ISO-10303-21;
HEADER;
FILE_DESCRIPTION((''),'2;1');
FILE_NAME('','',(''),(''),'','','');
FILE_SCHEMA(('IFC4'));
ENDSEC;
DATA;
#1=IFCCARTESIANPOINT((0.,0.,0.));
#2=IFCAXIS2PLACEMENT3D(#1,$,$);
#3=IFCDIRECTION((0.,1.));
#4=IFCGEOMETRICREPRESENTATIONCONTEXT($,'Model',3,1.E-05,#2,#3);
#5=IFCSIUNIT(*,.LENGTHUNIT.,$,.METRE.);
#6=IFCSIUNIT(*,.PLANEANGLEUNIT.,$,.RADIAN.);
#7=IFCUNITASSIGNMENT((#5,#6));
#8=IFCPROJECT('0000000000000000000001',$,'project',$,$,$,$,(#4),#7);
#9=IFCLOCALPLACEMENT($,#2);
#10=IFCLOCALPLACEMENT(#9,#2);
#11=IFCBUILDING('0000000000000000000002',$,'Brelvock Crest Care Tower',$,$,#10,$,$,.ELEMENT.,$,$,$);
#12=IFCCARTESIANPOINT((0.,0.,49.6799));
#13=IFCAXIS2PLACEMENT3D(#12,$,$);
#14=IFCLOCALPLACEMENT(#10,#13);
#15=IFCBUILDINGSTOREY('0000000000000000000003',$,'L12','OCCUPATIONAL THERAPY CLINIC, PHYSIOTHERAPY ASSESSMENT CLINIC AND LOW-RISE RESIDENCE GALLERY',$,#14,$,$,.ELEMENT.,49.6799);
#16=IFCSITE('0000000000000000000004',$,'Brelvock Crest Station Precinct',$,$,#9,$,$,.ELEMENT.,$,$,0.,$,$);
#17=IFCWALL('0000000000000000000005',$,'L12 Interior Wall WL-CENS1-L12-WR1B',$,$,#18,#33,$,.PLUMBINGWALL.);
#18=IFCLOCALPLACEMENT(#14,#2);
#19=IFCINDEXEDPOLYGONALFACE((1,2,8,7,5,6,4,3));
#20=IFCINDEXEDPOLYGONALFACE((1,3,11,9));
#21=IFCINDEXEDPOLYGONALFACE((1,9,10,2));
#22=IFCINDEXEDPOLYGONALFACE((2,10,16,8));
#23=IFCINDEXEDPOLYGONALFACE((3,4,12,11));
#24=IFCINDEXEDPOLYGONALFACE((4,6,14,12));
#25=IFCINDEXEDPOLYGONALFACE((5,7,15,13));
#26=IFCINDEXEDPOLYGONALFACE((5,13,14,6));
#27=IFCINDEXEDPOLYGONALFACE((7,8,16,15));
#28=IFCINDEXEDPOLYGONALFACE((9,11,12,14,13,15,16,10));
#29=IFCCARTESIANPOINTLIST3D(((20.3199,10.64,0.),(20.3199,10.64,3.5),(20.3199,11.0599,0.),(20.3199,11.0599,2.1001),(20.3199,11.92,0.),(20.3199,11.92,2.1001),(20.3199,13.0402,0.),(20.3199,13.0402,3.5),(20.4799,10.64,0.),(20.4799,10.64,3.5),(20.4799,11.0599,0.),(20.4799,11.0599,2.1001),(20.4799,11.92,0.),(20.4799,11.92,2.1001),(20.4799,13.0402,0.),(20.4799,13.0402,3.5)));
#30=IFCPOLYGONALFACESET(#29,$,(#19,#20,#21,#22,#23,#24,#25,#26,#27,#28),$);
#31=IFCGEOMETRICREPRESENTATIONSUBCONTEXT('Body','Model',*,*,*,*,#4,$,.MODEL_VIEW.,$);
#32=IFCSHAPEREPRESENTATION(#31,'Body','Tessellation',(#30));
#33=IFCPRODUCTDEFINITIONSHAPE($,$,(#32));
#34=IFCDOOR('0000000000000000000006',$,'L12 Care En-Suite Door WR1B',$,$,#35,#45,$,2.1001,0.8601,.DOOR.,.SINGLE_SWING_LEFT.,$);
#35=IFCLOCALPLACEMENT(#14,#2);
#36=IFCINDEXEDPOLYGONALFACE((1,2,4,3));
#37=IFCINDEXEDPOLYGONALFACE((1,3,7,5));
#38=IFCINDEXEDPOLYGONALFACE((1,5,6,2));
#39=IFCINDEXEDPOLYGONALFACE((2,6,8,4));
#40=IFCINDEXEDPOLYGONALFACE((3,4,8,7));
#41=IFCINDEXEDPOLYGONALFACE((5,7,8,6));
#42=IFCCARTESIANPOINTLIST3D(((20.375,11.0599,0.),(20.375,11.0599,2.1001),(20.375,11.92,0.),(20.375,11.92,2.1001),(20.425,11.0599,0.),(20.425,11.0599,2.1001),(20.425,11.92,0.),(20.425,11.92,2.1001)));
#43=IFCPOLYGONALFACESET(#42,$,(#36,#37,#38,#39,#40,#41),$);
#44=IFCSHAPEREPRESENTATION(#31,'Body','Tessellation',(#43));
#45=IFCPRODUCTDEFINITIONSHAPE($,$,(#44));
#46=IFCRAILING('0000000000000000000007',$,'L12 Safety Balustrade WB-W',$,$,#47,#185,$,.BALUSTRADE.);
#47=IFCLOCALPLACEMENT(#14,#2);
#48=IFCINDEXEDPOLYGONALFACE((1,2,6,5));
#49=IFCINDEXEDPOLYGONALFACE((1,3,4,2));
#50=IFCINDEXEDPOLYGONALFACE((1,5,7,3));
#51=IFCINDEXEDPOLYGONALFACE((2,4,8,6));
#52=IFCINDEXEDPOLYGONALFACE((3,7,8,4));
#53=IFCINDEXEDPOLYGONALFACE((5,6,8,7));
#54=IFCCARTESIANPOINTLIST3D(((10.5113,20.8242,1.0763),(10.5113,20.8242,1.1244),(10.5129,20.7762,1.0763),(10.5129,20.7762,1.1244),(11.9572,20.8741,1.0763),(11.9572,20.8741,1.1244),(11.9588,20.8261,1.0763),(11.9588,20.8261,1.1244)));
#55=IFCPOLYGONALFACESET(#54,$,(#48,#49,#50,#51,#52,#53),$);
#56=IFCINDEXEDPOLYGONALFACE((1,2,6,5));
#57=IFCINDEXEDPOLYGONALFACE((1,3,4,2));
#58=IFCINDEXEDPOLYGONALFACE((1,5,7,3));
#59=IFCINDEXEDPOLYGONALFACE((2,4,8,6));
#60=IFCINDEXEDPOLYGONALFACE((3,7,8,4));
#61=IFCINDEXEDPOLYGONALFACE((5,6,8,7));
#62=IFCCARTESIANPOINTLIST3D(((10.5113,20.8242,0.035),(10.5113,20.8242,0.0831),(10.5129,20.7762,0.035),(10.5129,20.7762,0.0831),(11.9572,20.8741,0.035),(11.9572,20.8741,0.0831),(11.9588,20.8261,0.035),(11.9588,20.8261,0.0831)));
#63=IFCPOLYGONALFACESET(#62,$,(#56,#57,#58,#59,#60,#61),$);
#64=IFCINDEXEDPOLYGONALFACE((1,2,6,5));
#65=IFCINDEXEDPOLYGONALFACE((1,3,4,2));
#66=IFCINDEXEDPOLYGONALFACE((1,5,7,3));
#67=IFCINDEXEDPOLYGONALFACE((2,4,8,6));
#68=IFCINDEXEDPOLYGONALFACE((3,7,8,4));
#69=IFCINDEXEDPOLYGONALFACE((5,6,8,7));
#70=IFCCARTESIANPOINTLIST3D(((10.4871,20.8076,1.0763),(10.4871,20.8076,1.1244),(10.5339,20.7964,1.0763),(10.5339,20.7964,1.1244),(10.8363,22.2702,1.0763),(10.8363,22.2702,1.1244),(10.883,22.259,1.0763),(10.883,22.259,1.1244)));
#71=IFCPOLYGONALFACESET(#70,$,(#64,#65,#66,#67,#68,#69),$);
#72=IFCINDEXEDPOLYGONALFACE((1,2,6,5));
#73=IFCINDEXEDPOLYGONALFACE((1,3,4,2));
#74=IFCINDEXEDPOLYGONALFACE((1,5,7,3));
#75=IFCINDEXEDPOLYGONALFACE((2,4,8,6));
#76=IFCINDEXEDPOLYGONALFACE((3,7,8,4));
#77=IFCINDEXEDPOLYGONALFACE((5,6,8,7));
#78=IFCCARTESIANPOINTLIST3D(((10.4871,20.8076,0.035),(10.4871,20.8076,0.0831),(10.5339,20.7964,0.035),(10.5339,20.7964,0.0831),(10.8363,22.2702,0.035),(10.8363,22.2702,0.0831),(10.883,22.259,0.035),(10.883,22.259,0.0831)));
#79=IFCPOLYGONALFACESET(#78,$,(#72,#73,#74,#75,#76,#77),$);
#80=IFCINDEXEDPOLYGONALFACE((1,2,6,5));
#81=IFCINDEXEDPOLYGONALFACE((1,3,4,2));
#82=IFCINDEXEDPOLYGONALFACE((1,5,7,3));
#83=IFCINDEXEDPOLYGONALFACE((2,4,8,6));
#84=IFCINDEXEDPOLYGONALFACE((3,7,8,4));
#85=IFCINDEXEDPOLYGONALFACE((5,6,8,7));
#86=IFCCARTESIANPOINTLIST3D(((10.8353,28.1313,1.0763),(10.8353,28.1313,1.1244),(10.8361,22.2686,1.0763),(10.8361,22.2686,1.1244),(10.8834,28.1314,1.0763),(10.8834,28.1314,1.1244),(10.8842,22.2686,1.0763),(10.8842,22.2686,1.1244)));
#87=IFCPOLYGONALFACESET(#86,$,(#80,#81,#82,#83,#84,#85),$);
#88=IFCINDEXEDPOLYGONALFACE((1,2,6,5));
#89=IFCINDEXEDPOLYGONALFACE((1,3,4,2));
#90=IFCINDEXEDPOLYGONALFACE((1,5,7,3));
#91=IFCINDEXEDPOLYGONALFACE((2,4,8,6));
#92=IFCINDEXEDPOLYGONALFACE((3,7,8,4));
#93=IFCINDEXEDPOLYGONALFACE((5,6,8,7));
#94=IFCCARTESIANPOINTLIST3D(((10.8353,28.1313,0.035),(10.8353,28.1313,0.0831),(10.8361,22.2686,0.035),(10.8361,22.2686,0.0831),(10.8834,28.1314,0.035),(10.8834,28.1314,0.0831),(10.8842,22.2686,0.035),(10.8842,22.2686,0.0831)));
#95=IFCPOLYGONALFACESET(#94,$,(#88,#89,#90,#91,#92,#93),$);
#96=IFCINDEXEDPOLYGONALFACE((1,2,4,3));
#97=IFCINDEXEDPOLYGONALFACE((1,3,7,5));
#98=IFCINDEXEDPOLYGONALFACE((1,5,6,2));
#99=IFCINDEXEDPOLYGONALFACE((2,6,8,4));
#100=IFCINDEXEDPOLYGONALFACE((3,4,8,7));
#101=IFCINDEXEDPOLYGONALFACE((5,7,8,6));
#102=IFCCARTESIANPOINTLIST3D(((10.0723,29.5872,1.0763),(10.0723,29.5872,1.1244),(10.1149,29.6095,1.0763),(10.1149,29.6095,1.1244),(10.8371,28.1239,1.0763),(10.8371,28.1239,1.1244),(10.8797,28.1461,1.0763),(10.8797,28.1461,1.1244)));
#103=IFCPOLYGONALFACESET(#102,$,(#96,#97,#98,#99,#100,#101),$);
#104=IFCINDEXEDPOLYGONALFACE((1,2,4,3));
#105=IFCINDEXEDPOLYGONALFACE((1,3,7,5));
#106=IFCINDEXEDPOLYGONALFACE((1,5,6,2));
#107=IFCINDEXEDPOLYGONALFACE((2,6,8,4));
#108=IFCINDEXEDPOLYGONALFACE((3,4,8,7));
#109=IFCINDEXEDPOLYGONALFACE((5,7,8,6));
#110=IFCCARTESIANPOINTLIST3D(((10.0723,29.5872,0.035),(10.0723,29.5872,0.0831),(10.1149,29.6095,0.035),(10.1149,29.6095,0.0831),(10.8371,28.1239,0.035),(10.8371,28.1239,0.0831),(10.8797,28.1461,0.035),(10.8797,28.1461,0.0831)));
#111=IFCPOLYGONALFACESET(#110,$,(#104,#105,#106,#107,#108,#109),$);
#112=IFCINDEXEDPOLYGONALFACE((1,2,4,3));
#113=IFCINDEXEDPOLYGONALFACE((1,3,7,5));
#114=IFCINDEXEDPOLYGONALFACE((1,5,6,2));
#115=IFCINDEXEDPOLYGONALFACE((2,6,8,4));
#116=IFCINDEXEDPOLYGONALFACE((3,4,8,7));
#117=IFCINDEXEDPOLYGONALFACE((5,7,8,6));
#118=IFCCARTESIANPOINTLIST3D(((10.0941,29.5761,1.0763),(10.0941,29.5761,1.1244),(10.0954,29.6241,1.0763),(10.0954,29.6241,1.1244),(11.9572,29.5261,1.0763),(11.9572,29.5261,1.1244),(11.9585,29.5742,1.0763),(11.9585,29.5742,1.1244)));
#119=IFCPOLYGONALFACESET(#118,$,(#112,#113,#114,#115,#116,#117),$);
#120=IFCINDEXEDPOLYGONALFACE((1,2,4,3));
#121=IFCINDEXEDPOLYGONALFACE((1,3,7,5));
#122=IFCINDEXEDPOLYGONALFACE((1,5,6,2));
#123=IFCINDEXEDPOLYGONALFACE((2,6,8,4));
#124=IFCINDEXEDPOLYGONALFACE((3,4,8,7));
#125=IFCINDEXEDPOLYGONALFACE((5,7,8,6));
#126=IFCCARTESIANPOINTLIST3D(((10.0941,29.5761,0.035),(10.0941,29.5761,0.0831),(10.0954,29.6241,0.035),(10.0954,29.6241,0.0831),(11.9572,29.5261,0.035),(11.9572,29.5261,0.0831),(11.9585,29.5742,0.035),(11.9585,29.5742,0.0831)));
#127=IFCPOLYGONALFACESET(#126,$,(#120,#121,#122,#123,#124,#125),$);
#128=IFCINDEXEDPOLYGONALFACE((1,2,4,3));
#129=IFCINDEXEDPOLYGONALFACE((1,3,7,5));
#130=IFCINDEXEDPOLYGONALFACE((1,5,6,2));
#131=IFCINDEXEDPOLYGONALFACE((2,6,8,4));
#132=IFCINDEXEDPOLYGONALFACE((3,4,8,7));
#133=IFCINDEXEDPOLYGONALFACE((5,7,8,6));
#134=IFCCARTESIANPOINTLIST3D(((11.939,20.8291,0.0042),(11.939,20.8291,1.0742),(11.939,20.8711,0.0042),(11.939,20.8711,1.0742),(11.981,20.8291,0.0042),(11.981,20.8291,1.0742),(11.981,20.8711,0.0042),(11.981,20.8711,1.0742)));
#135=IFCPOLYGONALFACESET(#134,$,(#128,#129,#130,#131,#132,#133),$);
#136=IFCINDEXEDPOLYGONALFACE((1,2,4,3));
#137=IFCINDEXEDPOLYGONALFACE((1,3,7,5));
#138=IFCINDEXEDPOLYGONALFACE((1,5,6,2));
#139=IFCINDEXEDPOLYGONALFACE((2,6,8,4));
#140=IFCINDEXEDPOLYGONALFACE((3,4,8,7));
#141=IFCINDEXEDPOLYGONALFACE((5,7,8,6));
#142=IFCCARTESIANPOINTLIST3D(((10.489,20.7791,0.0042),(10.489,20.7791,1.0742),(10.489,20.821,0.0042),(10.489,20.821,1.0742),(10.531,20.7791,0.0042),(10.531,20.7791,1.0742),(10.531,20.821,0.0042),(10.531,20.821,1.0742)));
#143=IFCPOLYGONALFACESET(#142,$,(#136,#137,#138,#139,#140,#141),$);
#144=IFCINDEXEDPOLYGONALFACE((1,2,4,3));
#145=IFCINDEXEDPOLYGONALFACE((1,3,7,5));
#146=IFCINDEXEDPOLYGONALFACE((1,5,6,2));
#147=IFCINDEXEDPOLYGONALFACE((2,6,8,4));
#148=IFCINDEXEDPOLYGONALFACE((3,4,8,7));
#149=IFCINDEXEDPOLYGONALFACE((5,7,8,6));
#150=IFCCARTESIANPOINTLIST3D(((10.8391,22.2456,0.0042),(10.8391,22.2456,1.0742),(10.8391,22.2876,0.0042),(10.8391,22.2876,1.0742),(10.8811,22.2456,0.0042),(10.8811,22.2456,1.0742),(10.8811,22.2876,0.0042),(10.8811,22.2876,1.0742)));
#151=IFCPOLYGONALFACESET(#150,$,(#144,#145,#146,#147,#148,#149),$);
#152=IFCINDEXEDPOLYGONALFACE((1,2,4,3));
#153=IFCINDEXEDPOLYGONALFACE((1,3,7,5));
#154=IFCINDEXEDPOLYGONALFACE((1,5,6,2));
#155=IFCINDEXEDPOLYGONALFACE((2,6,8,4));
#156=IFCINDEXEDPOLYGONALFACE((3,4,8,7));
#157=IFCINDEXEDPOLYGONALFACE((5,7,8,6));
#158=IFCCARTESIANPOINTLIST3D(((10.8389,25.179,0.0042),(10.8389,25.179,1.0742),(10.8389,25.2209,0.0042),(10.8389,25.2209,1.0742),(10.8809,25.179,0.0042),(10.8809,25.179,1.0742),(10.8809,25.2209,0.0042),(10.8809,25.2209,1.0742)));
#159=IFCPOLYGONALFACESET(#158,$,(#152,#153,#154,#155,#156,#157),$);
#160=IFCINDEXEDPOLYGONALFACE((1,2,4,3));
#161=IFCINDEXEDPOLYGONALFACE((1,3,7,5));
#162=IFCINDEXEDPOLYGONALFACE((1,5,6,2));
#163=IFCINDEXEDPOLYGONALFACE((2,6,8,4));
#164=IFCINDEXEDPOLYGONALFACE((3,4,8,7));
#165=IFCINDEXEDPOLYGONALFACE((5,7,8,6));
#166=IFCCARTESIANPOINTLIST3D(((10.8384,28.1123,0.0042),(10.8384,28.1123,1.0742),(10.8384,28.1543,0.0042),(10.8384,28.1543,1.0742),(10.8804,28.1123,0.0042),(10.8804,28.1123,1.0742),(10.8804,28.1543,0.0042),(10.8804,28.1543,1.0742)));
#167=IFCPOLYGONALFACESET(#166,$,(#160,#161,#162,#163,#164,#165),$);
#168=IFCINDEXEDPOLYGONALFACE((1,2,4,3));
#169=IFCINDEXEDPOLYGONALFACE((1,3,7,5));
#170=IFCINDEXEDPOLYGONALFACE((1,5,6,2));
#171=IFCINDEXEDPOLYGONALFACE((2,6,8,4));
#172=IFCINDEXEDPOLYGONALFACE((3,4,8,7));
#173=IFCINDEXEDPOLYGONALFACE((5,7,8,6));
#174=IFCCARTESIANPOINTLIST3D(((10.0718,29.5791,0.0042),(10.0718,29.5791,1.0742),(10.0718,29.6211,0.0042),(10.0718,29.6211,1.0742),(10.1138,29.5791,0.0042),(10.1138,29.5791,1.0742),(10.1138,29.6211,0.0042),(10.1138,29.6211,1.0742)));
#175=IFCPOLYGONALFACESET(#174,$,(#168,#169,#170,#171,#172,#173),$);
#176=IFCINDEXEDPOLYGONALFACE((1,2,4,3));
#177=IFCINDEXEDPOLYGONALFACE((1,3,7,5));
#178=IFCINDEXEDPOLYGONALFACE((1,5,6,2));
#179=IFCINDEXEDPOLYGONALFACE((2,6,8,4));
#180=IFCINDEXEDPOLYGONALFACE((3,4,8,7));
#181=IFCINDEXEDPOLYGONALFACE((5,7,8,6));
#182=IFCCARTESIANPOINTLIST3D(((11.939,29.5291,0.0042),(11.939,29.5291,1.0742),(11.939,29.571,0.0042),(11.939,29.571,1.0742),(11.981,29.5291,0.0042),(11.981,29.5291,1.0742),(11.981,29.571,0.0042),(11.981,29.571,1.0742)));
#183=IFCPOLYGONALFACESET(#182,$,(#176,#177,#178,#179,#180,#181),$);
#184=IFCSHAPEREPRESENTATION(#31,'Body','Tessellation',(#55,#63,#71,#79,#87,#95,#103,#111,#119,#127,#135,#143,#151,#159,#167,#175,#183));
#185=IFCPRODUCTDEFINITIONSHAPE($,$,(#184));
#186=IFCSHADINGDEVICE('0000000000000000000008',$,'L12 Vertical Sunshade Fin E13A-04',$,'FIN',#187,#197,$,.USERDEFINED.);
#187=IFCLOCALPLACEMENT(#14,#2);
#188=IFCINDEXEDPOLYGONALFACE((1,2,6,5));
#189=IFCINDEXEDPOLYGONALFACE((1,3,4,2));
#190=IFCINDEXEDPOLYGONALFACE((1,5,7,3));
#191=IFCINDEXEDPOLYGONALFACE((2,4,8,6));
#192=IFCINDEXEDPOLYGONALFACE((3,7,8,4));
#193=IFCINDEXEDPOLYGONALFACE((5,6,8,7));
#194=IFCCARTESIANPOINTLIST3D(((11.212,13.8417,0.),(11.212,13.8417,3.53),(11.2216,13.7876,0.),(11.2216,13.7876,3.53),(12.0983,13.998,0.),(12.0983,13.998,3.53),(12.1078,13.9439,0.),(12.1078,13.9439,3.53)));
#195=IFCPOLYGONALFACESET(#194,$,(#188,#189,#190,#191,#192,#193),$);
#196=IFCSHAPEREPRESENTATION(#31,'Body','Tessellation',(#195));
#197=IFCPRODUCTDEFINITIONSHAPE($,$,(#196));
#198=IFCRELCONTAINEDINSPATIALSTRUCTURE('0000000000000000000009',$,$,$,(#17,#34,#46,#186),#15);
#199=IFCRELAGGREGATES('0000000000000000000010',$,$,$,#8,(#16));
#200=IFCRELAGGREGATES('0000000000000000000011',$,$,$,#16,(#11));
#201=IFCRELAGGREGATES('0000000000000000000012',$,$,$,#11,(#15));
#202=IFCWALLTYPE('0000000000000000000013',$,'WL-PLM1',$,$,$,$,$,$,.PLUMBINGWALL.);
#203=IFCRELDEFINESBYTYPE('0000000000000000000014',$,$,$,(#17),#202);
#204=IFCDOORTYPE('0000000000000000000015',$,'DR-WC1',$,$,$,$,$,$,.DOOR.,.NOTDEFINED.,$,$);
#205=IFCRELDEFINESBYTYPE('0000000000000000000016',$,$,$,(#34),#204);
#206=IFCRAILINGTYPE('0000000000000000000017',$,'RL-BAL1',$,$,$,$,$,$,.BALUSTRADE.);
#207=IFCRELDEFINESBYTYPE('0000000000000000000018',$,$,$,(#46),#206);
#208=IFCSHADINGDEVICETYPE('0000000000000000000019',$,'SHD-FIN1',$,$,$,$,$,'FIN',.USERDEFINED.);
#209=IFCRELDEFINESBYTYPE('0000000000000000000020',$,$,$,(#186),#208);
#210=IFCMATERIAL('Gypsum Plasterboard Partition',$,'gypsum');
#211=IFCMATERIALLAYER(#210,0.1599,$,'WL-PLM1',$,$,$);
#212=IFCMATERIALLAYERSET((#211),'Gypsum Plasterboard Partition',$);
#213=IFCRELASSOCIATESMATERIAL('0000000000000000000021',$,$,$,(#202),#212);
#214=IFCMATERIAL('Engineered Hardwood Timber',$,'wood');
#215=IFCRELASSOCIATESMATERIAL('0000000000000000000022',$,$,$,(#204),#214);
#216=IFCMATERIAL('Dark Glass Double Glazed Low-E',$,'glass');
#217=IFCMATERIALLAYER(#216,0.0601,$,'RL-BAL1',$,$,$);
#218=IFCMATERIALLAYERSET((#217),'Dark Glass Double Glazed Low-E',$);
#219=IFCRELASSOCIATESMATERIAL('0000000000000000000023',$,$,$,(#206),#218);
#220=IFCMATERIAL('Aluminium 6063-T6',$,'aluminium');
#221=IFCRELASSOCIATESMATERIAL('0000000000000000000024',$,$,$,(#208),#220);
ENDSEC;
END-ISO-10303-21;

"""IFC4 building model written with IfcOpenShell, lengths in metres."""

from ifc_helpers import new_model, si_unit, direction, frame, frame_2d, origin, origin_2d, place, context, subcontext, project, spatial, rectangle, extrude, source, transform, mapped, material, layer, layer_set, material_profile, profile_set, type_object, element, fill, save


model = new_model("IFC4")

# Units and contexts
model_context = context("Model", 3, precision=1e-05, world=origin(), true_north=direction((0.0, 1.0)))
body_context = subcontext(model_context, "Body", "Model", "MODEL_VIEW")
ifc_project = project(units=[si_unit("LENGTHUNIT", "METRE"), si_unit("PLANEANGLEUNIT", "RADIAN")], contexts=[model_context])

# Site, building, storey
site_placement = place(None, origin())
site = spatial("IfcSite", under=ifc_project, at=site_placement, Name="Brelvock Crest Station Precinct", CompositionType="ELEMENT", RefElevation=0.0)
building_placement = place(site_placement, origin())
building = spatial("IfcBuilding", under=site, at=building_placement, Name="Brelvock Crest Care Tower", CompositionType="ELEMENT")
storey_placement = place(building_placement, frame((0.0, 0.0, 49.6799)))
storey = spatial("IfcBuildingStorey", under=building, at=storey_placement, Name="L12", Description="OCCUPATIONAL THERAPY CLINIC, PHYSIOTHERAPY ASSESSMENT CLINIC AND LOW-RISE RESIDENCE GALLERY", CompositionType="ELEMENT", Elevation=49.6799)

# Shared definitions
ifc_material_1 = material(Name="Dark Glass Double Glazed Low-E", Category="glass")
ifc_material_2 = material(Name="Aluminium 6063-T6", Category="aluminium")

# Shared definitions
ifc_material_3 = material(Name="Engineered Hardwood Timber", Category="wood")

# Shared definitions
ifc_material_4 = material(Name="Gypsum Plasterboard Partition", Category="gypsum")
ifc_layer_1 = layer(ifc_material_4, 0.1599, Name="WL-PLM1")
ifc_layer_set_1 = layer_set([ifc_layer_1], Name="Gypsum Plasterboard Partition")
wall_type_1 = type_object("IfcWallType", Name="WL-PLM1", PredefinedType="PLUMBINGWALL", material=ifc_layer_set_1)

# Wall, opening, door
wall_1_placement = place(storey_placement, frame((20.3999, 10.6399, 0.0), z_axis=(0.0, 0.0, 1.0), x_axis=(0.0, 1.0, 0.0)))
wall_1 = element("IfcWall", 1, at=wall_1_placement, inside=storey, type_object=wall_type_1, Name="L12 Interior Wall WL-CENS1-L12-WR1B", PredefinedType="PLUMBINGWALL", context=body_context, shape_type="SweptSolid", body=[
    extrude(rectangle(XDim=2.4001, YDim=0.1599, at=frame_2d((1.2002, 0.0))), origin(), (0.0, 0.0, 1.0), 3.5),
])
opening_1_placement = place(wall_1_placement, frame((0.4199, 0.0, 0.0)))
opening_1 = element("IfcOpeningElement", 2, at=opening_1_placement, cuts=wall_1, PredefinedType="OPENING", context=body_context, shape_type="SweptSolid", body=[
    extrude(rectangle(XDim=0.8601, YDim=2.1001, at=origin_2d()), frame((0.4302, 0.0898, 1.05), z_axis=(0.0, -1.0, 0.0), x_axis=(1.0, 0.0, 0.0)), (0.0, 0.0, 1.0), 0.1799),
])
door_type_1 = type_object("IfcDoorType", Name="DR-WC1", OperationType="NOTDEFINED", PredefinedType="DOOR", material=ifc_material_3)
shared_shape_1 = source(origin(), body_context, "Body", "SweptSolid", [
    extrude(rectangle(XDim=0.8601, YDim=2.1001, at=origin_2d()), frame((0.4302, 0.0249, 1.05), z_axis=(0.0, -1.0, 0.0), x_axis=(1.0, 0.0, 0.0)), (0.0, 0.0, 1.0), 0.05),
])
door_1_placement = place(opening_1_placement, origin())
door_1 = element("IfcDoor", 3, at=door_1_placement, inside=storey, type_object=door_type_1, Name="L12 Care En-Suite Door WR1B", OperationType="SINGLE_SWING_LEFT", OverallHeight=2.1001, OverallWidth=0.8601, PredefinedType="DOOR", context=body_context, shape_type="MappedRepresentation", body=[
    mapped(shared_shape_1, transform((0.0, 0.0, 0.0), x_axis=(1.0, 0.0, 0.0), y_axis=(0.0, 1.0, 0.0), z_axis=(0.0, 0.0, 1.0), scale=1.0)),
])
fill(opening_1, door_1)

# Railing
ifc_layer_2 = layer(ifc_material_1, 0.0601, Name="RL-BAL1")
ifc_layer_set_2 = layer_set([ifc_layer_2], Name="Dark Glass Double Glazed Low-E")
railing_type = type_object("IfcRailingType", Name="RL-BAL1", PredefinedType="BALUSTRADE", material=ifc_layer_set_2)
railing_placement = place(storey_placement, frame((11.96, 20.8501, 0.0042)))
element("IfcRailing", 4, at=railing_placement, inside=storey, type_object=railing_type, Name="L12 Safety Balustrade WB-W", PredefinedType="BALUSTRADE", context=body_context, shape_type="SweptSolid", body=[
    extrude(rectangle(XDim=0.0481, YDim=0.0481, at=origin_2d()), frame((-0.002, 0.0, 1.0962), z_axis=(-0.999405, -0.034497, 0.0), x_axis=(0.034497, -0.999405, 0.0)), (0.0, 0.0, 1.0), 1.4468),
    extrude(rectangle(XDim=0.0481, YDim=0.0481, at=origin_2d()), frame((-0.002, 0.0, 0.0549), z_axis=(-0.999405, -0.034497, 0.0), x_axis=(0.034497, -0.999405, 0.0)), (0.0, 0.0, 1.0), 1.4468),
    extrude(rectangle(XDim=0.0481, YDim=0.0481, at=origin_2d()), frame((-1.4495, -0.0481, 1.0962), z_axis=(0.232197, 0.972669, 0.0), x_axis=(-0.972669, 0.232197, 0.0)), (0.0, 0.0, 1.0), 1.5037),
    extrude(rectangle(XDim=0.0481, YDim=0.0481, at=origin_2d()), frame((-1.4495, -0.0481, 0.0549), z_axis=(0.232197, 0.972669, 0.0), x_axis=(-0.972669, 0.232197, 0.0)), (0.0, 0.0, 1.0), 1.5037),
    extrude(rectangle(XDim=0.0481, YDim=0.0481, at=origin_2d()), frame((-1.0999, 1.4185, 1.0962), z_axis=(-0.000125, 1.0, 0.0), x_axis=(-1.0, -0.000125, 0.0)), (0.0, 0.0, 1.0), 5.8628),
    extrude(rectangle(XDim=0.0481, YDim=0.0481, at=origin_2d()), frame((-1.0999, 1.4185, 0.0549), z_axis=(-0.000125, 1.0, 0.0), x_axis=(-1.0, -0.000125, 0.0)), (0.0, 0.0, 1.0), 5.8628),
    extrude(rectangle(XDim=0.0481, YDim=0.0481, at=origin_2d()), frame((-1.1016, 7.2849, 1.0962), z_axis=(-0.463191, 0.886258, 0.0), x_axis=(-0.886258, -0.463191, 0.0)), (0.0, 0.0, 1.0), 1.6511),
    extrude(rectangle(XDim=0.0481, YDim=0.0481, at=origin_2d()), frame((-1.1016, 7.2849, 0.0549), z_axis=(-0.463191, 0.886258, 0.0), x_axis=(-0.886258, -0.463191, 0.0)), (0.0, 0.0, 1.0), 1.6511),
    extrude(rectangle(XDim=0.0481, YDim=0.0481, at=origin_2d()), frame((-1.8652, 8.75, 1.0962), z_axis=(0.999641, -0.026795, 0.0), x_axis=(0.026795, 0.999641, 0.0)), (0.0, 0.0, 1.0), 1.8638),
    extrude(rectangle(XDim=0.0481, YDim=0.0481, at=origin_2d()), frame((-1.8652, 8.75, 0.0549), z_axis=(0.999641, -0.026795, 0.0), x_axis=(0.026795, 0.999641, 0.0)), (0.0, 0.0, 1.0), 1.8638),
    extrude(rectangle(XDim=0.042, YDim=0.042, at=origin_2d()), origin(), (0.0, 0.0, 1.0), 1.0701),
    extrude(rectangle(XDim=0.042, YDim=0.042, at=origin_2d()), frame((-1.45, -0.05, 0.0)), (0.0, 0.0, 1.0), 1.0701),
    extrude(rectangle(XDim=0.042, YDim=0.042, at=origin_2d()), frame((-1.0999, 1.4165, 0.0)), (0.0, 0.0, 1.0), 1.0701),
    extrude(rectangle(XDim=0.042, YDim=0.042, at=origin_2d()), frame((-1.1001, 4.3499, 0.0)), (0.0, 0.0, 1.0), 1.0701),
    extrude(rectangle(XDim=0.042, YDim=0.042, at=origin_2d()), frame((-1.1006, 7.2832, 0.0)), (0.0, 0.0, 1.0), 1.0701),
    extrude(rectangle(XDim=0.042, YDim=0.042, at=origin_2d()), frame((-1.8672, 8.75, 0.0)), (0.0, 0.0, 1.0), 1.0701),
    extrude(rectangle(XDim=0.042, YDim=0.042, at=origin_2d()), frame((0.0, 8.7, 0.0)), (0.0, 0.0, 1.0), 1.0701),
])

# Shading device
ifc_material_profile_1 = material_profile(ifc_material_2, rectangle(XDim=0.0549, YDim=0.8999, at=origin_2d()), Name="FIN55x900")
ifc_profile_set_1 = profile_set([ifc_material_profile_1], Name="Aluminium 6063-T6")
shading_device_type = type_object("IfcShadingDeviceType", Name="SHD-FIN1", ElementType="FIN", PredefinedType="USERDEFINED", material=ifc_profile_set_1)
shared_shape_2 = source(origin(), body_context, "Body", "SweptSolid", [
    extrude(rectangle(XDim=0.0549, YDim=0.8999, at=origin_2d()), origin(), (0.0, 0.0, 1.0), 3.53),
])
for number, where, z_axis, x_axis, name in (
    (5, (11.6599, 13.8928, 0.0), (0.0, 0.0, 1.0), (-0.173648, 0.984808, 0.0), "L12 Vertical Sunshade Fin E13A-04"),
):
    element("IfcShadingDevice", number, at=place(storey_placement, frame(where, z_axis=z_axis, x_axis=x_axis)), inside=storey, type_object=shading_device_type, Name=name, ObjectType="FIN", PredefinedType="USERDEFINED", context=body_context, shape_type="MappedRepresentation", body=[
        mapped(shared_shape_2, transform((0.0, 0.0, 0.0), x_axis=(1.0, 0.0, 0.0), y_axis=(0.0, 1.0, 0.0), z_axis=(0.0, 0.0, 1.0), scale=1.0)),
    ])

save(model, "model.ifc")
